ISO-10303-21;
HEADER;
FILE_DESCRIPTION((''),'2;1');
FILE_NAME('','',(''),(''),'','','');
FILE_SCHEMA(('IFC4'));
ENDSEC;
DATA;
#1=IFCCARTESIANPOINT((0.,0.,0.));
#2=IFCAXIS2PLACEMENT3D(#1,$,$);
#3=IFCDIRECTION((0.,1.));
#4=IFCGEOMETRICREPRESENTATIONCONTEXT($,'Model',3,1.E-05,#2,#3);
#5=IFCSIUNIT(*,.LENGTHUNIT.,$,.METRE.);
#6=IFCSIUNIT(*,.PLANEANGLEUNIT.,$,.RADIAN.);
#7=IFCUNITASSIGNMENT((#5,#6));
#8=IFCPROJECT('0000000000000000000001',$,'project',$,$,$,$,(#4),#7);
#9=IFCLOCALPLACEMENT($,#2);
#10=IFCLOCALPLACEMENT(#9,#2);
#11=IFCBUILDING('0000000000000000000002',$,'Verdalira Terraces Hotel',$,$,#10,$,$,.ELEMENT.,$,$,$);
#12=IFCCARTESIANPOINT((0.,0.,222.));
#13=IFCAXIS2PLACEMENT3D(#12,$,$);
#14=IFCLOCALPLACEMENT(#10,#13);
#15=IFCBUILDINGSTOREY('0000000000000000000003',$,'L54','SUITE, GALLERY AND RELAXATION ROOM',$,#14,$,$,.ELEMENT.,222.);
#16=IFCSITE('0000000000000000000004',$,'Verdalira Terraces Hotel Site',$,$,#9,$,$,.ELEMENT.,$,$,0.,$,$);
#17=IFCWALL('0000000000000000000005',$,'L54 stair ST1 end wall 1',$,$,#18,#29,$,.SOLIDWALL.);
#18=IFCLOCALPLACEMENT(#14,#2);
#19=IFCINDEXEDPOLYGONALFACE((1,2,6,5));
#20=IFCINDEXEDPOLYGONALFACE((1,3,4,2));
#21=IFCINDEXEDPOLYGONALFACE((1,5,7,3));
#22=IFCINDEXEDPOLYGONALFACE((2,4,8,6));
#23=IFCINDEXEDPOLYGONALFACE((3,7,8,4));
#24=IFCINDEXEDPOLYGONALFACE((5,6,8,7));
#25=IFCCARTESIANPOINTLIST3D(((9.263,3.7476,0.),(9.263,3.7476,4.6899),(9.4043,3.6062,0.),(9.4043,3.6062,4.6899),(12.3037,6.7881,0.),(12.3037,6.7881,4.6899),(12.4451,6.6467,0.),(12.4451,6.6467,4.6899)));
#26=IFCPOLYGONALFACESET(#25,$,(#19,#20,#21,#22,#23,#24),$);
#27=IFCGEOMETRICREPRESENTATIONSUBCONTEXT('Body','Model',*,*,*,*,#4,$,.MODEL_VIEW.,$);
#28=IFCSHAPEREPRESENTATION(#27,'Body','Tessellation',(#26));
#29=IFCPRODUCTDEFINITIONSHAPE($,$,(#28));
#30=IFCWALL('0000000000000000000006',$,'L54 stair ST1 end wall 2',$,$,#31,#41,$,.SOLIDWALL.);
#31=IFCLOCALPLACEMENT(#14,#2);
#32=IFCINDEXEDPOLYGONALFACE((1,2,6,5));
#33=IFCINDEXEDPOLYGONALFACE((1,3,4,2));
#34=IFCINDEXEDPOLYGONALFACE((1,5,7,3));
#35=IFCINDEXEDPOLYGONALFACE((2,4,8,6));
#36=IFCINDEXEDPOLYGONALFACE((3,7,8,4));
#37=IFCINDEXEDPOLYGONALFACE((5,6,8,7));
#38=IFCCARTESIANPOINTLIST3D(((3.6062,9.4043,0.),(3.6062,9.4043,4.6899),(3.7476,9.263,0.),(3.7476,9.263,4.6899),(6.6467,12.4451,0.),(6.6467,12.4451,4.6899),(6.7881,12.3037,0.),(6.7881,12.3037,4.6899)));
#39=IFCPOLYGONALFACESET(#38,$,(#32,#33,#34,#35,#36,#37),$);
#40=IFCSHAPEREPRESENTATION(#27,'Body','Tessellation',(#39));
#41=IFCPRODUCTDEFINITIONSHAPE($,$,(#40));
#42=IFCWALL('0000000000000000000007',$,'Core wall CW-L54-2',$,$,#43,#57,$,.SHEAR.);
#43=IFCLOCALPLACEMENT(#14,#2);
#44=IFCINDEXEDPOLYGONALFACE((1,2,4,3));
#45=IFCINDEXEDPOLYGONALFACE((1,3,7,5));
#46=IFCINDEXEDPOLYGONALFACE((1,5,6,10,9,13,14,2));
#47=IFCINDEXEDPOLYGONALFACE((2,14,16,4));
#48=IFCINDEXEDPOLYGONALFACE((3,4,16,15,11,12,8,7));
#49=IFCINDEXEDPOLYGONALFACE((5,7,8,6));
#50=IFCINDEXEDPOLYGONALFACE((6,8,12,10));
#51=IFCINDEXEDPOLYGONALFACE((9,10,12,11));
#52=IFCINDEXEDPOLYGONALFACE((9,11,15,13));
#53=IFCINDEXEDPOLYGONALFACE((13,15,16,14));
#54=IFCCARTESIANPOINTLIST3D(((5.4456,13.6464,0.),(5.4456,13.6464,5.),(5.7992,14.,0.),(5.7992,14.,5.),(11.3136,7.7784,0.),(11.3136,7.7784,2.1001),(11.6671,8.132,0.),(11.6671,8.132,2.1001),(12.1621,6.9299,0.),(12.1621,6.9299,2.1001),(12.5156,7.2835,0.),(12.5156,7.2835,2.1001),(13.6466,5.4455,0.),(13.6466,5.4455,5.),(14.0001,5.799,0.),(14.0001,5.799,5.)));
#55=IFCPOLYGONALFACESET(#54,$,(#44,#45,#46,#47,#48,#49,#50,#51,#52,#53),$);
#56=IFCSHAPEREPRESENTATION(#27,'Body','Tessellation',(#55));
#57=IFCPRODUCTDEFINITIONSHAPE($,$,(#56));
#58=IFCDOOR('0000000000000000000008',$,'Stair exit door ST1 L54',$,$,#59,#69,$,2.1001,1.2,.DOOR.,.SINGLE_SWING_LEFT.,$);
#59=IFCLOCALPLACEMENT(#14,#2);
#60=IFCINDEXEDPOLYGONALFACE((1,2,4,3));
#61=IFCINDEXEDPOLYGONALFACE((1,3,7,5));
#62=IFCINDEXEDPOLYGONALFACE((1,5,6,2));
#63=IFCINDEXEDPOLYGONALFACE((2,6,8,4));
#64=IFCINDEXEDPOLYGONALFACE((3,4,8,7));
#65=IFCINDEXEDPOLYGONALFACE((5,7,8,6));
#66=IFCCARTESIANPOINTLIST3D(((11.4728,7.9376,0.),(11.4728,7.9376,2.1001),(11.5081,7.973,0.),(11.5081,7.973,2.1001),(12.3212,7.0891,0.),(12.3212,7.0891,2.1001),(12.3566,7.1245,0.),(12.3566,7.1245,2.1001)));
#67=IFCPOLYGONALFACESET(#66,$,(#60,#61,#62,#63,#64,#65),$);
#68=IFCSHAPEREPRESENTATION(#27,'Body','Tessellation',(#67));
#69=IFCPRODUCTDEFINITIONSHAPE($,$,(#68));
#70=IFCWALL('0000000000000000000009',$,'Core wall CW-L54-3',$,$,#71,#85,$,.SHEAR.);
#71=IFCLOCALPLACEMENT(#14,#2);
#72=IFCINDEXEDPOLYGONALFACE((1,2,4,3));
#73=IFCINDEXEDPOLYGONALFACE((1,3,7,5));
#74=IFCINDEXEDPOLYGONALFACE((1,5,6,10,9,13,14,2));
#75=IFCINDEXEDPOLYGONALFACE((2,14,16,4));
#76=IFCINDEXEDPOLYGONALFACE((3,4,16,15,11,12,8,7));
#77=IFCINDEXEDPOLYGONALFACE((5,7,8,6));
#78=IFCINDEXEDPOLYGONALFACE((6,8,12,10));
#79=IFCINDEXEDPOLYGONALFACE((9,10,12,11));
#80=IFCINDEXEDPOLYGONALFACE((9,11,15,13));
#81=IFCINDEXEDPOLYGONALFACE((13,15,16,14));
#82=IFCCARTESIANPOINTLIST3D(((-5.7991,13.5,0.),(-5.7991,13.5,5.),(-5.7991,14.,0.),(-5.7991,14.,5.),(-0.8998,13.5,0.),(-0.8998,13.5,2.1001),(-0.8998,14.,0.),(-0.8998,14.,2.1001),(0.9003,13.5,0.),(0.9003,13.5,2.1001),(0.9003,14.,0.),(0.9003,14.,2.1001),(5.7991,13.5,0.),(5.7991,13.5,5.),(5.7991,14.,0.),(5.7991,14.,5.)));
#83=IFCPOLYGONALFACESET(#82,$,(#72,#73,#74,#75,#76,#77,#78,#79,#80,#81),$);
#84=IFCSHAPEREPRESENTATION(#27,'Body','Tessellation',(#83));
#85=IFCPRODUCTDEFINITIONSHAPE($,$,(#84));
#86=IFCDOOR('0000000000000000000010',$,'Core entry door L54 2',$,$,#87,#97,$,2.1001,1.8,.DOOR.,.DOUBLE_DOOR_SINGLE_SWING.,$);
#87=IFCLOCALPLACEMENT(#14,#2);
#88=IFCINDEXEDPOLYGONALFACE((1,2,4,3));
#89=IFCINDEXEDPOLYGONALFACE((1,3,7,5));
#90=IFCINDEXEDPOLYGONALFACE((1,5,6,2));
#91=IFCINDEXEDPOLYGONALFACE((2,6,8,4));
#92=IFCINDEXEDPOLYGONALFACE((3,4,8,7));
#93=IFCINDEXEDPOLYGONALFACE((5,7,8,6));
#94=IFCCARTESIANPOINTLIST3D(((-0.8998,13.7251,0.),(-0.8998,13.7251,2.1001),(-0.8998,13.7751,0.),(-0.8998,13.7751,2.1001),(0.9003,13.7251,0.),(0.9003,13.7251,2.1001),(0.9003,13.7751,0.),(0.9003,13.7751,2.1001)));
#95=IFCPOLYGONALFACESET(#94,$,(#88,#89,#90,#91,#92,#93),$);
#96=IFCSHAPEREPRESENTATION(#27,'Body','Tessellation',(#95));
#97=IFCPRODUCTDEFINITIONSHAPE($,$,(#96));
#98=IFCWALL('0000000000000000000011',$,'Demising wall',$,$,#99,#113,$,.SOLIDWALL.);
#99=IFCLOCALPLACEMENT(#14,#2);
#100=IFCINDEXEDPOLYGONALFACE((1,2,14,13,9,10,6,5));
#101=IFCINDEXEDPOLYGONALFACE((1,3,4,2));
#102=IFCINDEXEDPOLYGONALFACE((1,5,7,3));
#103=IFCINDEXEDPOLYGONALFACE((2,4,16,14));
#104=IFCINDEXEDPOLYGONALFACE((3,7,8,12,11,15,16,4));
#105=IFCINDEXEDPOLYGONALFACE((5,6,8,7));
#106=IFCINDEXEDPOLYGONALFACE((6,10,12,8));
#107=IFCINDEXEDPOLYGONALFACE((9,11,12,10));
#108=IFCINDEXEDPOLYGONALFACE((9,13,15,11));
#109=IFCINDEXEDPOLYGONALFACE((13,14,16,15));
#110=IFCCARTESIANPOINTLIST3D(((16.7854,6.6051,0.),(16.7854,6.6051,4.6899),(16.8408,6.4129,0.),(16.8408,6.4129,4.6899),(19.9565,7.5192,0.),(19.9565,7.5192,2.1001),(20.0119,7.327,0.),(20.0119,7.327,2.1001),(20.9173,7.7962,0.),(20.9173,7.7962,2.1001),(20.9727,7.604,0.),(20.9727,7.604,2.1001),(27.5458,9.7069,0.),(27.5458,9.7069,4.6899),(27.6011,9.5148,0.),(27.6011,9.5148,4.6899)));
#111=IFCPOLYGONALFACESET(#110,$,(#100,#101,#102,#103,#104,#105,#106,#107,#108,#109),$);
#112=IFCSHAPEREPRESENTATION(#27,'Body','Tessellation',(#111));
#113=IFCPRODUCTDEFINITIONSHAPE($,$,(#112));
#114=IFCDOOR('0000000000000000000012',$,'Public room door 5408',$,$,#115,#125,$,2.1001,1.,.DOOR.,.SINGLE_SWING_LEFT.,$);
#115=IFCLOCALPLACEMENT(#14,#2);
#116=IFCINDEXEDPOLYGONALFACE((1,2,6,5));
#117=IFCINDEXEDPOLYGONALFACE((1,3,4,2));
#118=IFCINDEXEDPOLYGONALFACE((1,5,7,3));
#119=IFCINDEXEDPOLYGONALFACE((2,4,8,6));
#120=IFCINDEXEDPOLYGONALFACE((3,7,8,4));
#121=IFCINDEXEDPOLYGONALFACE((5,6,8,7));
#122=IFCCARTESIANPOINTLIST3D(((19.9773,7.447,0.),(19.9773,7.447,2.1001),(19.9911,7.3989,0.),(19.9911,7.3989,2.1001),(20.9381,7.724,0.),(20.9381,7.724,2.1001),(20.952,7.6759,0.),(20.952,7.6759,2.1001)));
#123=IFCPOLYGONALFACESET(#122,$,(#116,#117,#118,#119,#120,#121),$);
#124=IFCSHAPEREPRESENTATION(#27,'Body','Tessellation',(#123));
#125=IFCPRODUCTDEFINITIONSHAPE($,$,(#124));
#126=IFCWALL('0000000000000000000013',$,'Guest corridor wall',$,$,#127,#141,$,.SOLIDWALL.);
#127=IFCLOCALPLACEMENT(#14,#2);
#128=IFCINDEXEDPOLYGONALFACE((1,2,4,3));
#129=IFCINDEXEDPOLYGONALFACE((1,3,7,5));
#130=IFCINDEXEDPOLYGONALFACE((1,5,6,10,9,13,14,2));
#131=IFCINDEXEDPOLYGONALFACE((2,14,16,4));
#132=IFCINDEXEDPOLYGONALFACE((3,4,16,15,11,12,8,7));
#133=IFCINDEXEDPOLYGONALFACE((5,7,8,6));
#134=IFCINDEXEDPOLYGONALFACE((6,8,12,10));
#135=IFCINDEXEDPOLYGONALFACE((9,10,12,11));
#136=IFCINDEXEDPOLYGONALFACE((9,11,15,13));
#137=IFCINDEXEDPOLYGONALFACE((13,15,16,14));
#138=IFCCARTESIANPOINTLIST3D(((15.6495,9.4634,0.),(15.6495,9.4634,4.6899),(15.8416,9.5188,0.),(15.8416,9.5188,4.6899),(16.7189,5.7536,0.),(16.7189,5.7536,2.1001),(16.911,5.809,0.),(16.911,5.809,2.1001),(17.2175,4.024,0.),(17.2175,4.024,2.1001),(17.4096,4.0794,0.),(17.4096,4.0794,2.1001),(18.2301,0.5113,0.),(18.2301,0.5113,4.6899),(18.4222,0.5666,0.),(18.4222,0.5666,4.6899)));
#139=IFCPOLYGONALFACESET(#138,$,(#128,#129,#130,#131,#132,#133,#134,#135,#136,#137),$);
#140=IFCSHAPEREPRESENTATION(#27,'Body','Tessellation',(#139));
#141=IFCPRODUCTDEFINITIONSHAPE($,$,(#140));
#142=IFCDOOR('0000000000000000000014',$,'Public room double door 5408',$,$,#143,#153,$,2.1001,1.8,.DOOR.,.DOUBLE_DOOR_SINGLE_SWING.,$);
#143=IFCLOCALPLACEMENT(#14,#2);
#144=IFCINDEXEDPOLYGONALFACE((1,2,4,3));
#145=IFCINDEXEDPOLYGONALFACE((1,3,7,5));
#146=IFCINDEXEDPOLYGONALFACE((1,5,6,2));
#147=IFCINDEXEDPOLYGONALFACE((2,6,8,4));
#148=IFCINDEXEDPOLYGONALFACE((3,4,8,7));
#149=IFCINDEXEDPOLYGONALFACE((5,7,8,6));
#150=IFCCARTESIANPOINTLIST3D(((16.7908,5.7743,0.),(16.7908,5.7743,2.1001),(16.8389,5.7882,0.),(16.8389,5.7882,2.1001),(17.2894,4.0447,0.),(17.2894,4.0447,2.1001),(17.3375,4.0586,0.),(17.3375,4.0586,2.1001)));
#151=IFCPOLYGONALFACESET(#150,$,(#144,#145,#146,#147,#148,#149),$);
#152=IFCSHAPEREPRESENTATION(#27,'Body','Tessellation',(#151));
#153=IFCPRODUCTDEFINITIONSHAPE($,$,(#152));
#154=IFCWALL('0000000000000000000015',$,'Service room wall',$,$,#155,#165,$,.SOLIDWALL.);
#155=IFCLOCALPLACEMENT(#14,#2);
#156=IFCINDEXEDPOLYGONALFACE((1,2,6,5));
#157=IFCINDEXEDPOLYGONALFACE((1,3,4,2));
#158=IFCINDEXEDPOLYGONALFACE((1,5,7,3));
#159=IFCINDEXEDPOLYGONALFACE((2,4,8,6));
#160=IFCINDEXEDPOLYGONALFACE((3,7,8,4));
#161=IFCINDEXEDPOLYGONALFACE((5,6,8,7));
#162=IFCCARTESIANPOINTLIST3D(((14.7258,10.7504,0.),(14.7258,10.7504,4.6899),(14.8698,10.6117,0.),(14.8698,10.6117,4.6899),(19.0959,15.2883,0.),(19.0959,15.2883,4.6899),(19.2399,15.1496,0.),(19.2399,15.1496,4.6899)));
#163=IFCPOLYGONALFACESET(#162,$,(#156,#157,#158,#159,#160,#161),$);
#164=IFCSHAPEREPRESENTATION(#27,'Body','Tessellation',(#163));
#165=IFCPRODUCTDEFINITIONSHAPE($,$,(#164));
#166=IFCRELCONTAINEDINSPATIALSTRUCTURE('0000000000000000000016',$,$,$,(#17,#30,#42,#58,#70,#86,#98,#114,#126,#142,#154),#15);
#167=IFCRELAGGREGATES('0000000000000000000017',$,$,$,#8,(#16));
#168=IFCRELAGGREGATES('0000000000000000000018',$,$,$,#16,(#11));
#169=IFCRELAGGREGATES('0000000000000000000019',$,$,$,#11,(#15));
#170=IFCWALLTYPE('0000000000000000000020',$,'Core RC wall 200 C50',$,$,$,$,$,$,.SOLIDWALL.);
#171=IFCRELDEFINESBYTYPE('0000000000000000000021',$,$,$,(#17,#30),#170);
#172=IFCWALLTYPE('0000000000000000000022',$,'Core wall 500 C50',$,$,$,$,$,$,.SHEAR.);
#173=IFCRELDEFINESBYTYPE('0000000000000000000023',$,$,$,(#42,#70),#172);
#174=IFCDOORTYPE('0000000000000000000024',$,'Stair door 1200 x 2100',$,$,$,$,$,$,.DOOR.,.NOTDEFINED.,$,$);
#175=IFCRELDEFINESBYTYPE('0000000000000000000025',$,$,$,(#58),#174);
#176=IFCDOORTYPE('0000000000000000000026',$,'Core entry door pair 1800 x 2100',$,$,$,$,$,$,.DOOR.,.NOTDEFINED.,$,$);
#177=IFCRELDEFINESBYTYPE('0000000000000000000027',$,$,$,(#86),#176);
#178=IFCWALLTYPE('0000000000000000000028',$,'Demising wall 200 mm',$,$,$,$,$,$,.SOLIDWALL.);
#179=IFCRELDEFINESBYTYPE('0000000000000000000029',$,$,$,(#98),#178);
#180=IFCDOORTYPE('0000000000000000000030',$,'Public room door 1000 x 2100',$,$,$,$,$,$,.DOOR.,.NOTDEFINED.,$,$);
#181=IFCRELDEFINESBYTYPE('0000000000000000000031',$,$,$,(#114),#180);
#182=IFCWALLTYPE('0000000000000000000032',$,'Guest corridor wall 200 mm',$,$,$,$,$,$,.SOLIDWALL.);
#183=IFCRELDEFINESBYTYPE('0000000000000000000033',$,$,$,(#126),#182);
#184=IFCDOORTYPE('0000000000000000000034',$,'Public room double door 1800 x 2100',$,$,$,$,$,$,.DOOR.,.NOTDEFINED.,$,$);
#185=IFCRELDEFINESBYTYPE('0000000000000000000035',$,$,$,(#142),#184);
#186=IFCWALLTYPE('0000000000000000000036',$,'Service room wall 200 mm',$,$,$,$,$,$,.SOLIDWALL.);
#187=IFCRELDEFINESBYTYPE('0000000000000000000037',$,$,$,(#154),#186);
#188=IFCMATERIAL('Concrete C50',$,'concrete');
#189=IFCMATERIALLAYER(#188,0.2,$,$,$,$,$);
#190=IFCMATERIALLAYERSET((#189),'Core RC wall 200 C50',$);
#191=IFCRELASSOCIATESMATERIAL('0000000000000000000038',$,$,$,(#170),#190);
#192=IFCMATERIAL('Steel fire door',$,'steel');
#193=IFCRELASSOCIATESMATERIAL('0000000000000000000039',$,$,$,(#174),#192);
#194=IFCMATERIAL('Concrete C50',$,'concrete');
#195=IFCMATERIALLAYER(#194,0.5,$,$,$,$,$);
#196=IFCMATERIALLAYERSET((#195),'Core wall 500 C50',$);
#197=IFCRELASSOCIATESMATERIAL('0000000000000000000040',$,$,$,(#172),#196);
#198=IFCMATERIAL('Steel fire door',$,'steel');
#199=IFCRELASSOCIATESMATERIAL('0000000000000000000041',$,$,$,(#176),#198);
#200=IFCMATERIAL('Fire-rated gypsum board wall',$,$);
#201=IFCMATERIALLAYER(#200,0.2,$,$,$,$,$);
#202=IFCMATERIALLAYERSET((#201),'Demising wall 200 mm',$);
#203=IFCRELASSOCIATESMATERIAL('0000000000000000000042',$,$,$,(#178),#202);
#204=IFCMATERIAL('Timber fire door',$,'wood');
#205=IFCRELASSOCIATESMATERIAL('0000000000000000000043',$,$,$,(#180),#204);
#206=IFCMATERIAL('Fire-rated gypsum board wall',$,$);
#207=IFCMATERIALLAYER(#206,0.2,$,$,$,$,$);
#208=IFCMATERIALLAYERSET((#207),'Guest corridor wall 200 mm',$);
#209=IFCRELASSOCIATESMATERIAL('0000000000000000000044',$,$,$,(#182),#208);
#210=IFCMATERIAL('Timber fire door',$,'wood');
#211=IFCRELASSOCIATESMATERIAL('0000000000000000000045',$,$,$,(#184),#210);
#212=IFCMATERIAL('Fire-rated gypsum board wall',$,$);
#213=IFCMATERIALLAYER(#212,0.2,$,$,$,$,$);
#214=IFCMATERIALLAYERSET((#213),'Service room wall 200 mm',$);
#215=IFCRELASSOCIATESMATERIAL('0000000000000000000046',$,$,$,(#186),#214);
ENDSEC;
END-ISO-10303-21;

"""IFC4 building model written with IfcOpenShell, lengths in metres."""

from ifc_helpers import new_model, si_unit, direction, frame, frame_2d, origin, place, context, subcontext, project, spatial, rectangle, extrude, material, layer, layer_set, type_object, element, fill, save


model = new_model("IFC4")

# Units and contexts
model_context = context("Model", 3, precision=1e-05, world=origin(), true_north=direction((0.0, 1.0)))
body_context = subcontext(model_context, "Body", "Model", "MODEL_VIEW")
ifc_project = project(units=[si_unit("LENGTHUNIT", "METRE"), si_unit("PLANEANGLEUNIT", "RADIAN")], contexts=[model_context])

# Site, building, storey
site_placement = place(None, origin())
site = spatial("IfcSite", under=ifc_project, at=site_placement, Name="Verdalira Terraces Hotel Site", CompositionType="ELEMENT", RefElevation=0.0)
building_placement = place(site_placement, origin())
building = spatial("IfcBuilding", under=site, at=building_placement, Name="Verdalira Terraces Hotel", CompositionType="ELEMENT")
storey_placement = place(building_placement, frame((0.0, 0.0, 222.0)))
storey = spatial("IfcBuildingStorey", under=building, at=storey_placement, Name="L54", Description="SUITE, GALLERY AND RELAXATION ROOM", CompositionType="ELEMENT", Elevation=222.0)

# Shared definitions
ifc_material_1 = material(Name="Concrete C50", Category="concrete")
ifc_layer_1 = layer(ifc_material_1, 0.2)
ifc_layer_set_1 = layer_set([ifc_layer_1], Name="Core RC wall 200 C50")
wall_type_1 = type_object("IfcWallType", Name="Core RC wall 200 C50", PredefinedType="SOLIDWALL", material=ifc_layer_set_1)
ifc_material_2 = material(Name="Steel fire door", Category="steel")
door_type_1 = type_object("IfcDoorType", Name="Stair door 1200 x 2100", OperationType="NOTDEFINED", PredefinedType="DOOR", material=ifc_material_2)

# Walls
for number, where, z_axis, x_axis, name in (
    (1, (9.3337, 3.677, 0.0), (0.0, 0.0, 1.0), (0.707135, 0.707078, 0.0), "L54 stair ST1 end wall 1"),
    (2, (3.677, 9.3337, 0.0), (0.0, 0.0, 1.0), (0.707078, 0.707135, 0.0), "L54 stair ST1 end wall 2"),
):
    element("IfcWall", number, at=place(storey_placement, frame(where, z_axis=z_axis, x_axis=x_axis)), inside=storey, type_object=wall_type_1, Name=name, PredefinedType="SOLIDWALL", context=body_context, shape_type="SweptSolid", body=[
        extrude(rectangle(XDim=4.3, YDim=0.2, at=frame_2d((2.1499, 0.0))), origin(), (0.0, 0.0, 1.0), 4.6899),
    ])

# Walls, openings, doors
ifc_material_3 = material(Name="Concrete C50", Category="concrete")
ifc_layer_2 = layer(ifc_material_3, 0.5)
ifc_layer_set_2 = layer_set([ifc_layer_2], Name="Core wall 500 C50")
wall_type_2 = type_object("IfcWallType", Name="Core wall 500 C50", PredefinedType="SHEAR", material=ifc_layer_set_2)
wall_1_placement = place(storey_placement, frame((13.8232, 5.6223, 0.0), z_axis=(0.0, 0.0, 1.0), x_axis=(-0.707107, 0.707107, 0.0)))
wall_1 = element("IfcWall", 3, at=wall_1_placement, inside=storey, type_object=wall_type_2, Name="Core wall CW-L54-2", PredefinedType="SHEAR", context=body_context, shape_type="SweptSolid", body=[
    extrude(rectangle(XDim=11.5979, YDim=0.5, at=frame_2d((5.7988, 0.0))), origin(), (0.0, 0.0, 1.0), 5.0),
])
opening_1_placement = place(wall_1_placement, frame((2.0991, 0.0, 0.0)))
opening_1 = element("IfcOpeningElement", 4, at=opening_1_placement, cuts=wall_1, PredefinedType="OPENING", context=body_context, shape_type="SweptSolid", body=[
    extrude(rectangle(XDim=1.2, YDim=2.1001, at=frame_2d((0.6001, 1.05))), frame((0.0, 0.26, 0.0), z_axis=(0.0, -1.0, 0.0), x_axis=(1.0, 0.0, 0.0)), (0.0, 0.0, 1.0), 0.52),
])
door_1_placement = place(opening_1_placement, origin())
door_1 = element("IfcDoor", 5, at=door_1_placement, inside=storey, type_object=door_type_1, Name="Stair exit door ST1 L54", OperationType="SINGLE_SWING_LEFT", OverallHeight=2.1001, OverallWidth=1.2, PredefinedType="DOOR", context=body_context, shape_type="SweptSolid", body=[
    extrude(rectangle(XDim=1.2, YDim=2.1001, at=frame_2d((0.6001, 1.05))), frame((0.0, 0.0249, 0.0), z_axis=(0.0, -1.0, 0.0), x_axis=(1.0, 0.0, 0.0)), (0.0, 0.0, 1.0), 0.05),
])
fill(opening_1, door_1)
wall_2_placement = place(storey_placement, frame((5.7991, 13.75, 0.0), z_axis=(0.0, 0.0, 1.0), x_axis=(-1.0, 0.0, 0.0)))
wall_2 = element("IfcWall", 6, at=wall_2_placement, inside=storey, type_object=wall_type_2, Name="Core wall CW-L54-3", PredefinedType="SHEAR", context=body_context, shape_type="SweptSolid", body=[
    extrude(rectangle(XDim=11.5981, YDim=0.5, at=frame_2d((5.7991, 0.0))), origin(), (0.0, 0.0, 1.0), 5.0),
])
opening_2_placement = place(wall_2_placement, frame((4.8989, 0.0, 0.0)))
opening_2 = element("IfcOpeningElement", 7, at=opening_2_placement, cuts=wall_2, PredefinedType="OPENING", context=body_context, shape_type="SweptSolid", body=[
    extrude(rectangle(XDim=1.8, YDim=2.1001, at=frame_2d((0.8999, 1.05))), frame((0.0, 0.26, 0.0), z_axis=(0.0, -1.0, 0.0), x_axis=(1.0, 0.0, 0.0)), (0.0, 0.0, 1.0), 0.52),
])
ifc_material_4 = material(Name="Steel fire door", Category="steel")
door_type_2 = type_object("IfcDoorType", Name="Core entry door pair 1800 x 2100", OperationType="NOTDEFINED", PredefinedType="DOOR", material=ifc_material_4)
door_2_placement = place(opening_2_placement, origin())
door_2 = element("IfcDoor", 8, at=door_2_placement, inside=storey, type_object=door_type_2, Name="Core entry door L54 2", OperationType="DOUBLE_DOOR_SINGLE_SWING", OverallHeight=2.1001, OverallWidth=1.8, PredefinedType="DOOR", context=body_context, shape_type="SweptSolid", body=[
    extrude(rectangle(XDim=1.8, YDim=2.1001, at=frame_2d((0.8999, 1.05))), frame((0.0, 0.0249, 0.0), z_axis=(0.0, -1.0, 0.0), x_axis=(1.0, 0.0, 0.0)), (0.0, 0.0, 1.0), 0.05),
])
fill(opening_2, door_2)
ifc_material_5 = material(Name="Fire-rated gypsum board wall")
ifc_layer_3 = layer(ifc_material_5, 0.2)
ifc_layer_set_3 = layer_set([ifc_layer_3], Name="Demising wall 200 mm")
wall_type_3 = type_object("IfcWallType", Name="Demising wall 200 mm", PredefinedType="SOLIDWALL", material=ifc_layer_set_3)
wall_3_placement = place(storey_placement, frame((16.8132, 6.509, 0.0), z_axis=(0.0, 0.0, 1.0), x_axis=(0.960874, 0.276986, 0.0)))
wall_3 = element("IfcWall", 9, at=wall_3_placement, inside=storey, type_object=wall_type_3, Name="Demising wall", PredefinedType="SOLIDWALL", context=body_context, shape_type="SweptSolid", body=[
    extrude(rectangle(XDim=11.1985, YDim=0.2, at=frame_2d((5.5991, 0.0))), origin(), (0.0, 0.0, 1.0), 4.6899),
])
opening_3_placement = place(wall_3_placement, frame((3.3, 0.0, 0.0)))
opening_3 = element("IfcOpeningElement", 10, at=opening_3_placement, cuts=wall_3, PredefinedType="OPENING", context=body_context, shape_type="SweptSolid", body=[
    extrude(rectangle(XDim=1.0, YDim=2.1001, at=frame_2d((0.5, 1.05))), frame((0.0, 0.1099, 0.0), z_axis=(0.0, -1.0, 0.0), x_axis=(1.0, 0.0, 0.0)), (0.0, 0.0, 1.0), 0.22),
])
ifc_material_6 = material(Name="Timber fire door", Category="wood")
door_type_3 = type_object("IfcDoorType", Name="Public room door 1000 x 2100", OperationType="NOTDEFINED", PredefinedType="DOOR", material=ifc_material_6)
door_3_placement = place(opening_3_placement, origin())
door_3 = element("IfcDoor", 11, at=door_3_placement, inside=storey, type_object=door_type_3, Name="Public room door 5408", OperationType="SINGLE_SWING_LEFT", OverallHeight=2.1001, OverallWidth=1.0, PredefinedType="DOOR", context=body_context, shape_type="SweptSolid", body=[
    extrude(rectangle(XDim=1.0, YDim=2.1001, at=frame_2d((0.5, 1.05))), frame((0.0, 0.0249, 0.0), z_axis=(0.0, -1.0, 0.0), x_axis=(1.0, 0.0, 0.0)), (0.0, 0.0, 1.0), 0.05),
])
fill(opening_3, door_3)
ifc_material_7 = material(Name="Fire-rated gypsum board wall")
ifc_layer_4 = layer(ifc_material_7, 0.2)
ifc_layer_set_4 = layer_set([ifc_layer_4], Name="Guest corridor wall 200 mm")
wall_type_4 = type_object("IfcWallType", Name="Guest corridor wall 200 mm", PredefinedType="SOLIDWALL", material=ifc_layer_set_4)
wall_4_placement = place(storey_placement, frame((15.7456, 9.491, 0.0), z_axis=(0.0, 0.0, 1.0), x_axis=(0.276984, -0.960875, 0.0)))
wall_4 = element("IfcWall", 12, at=wall_4_placement, inside=storey, type_object=wall_type_4, Name="Guest corridor wall", PredefinedType="SOLIDWALL", context=body_context, shape_type="SweptSolid", body=[
    extrude(rectangle(XDim=9.3166, YDim=0.2, at=frame_2d((4.6582, 0.0))), origin(), (0.0, 0.0, 1.0), 4.6899),
])
opening_4_placement = place(wall_4_placement, frame((3.8608, 0.0, 0.0)))
opening_4 = element("IfcOpeningElement", 13, at=opening_4_placement, cuts=wall_4, PredefinedType="OPENING", context=body_context, shape_type="SweptSolid", body=[
    extrude(rectangle(XDim=1.8, YDim=2.1001, at=frame_2d((0.8999, 1.05))), frame((0.0, 0.1099, 0.0), z_axis=(0.0, -1.0, 0.0), x_axis=(1.0, 0.0, 0.0)), (0.0, 0.0, 1.0), 0.22),
])
ifc_material_8 = material(Name="Timber fire door", Category="wood")
door_type_4 = type_object("IfcDoorType", Name="Public room double door 1800 x 2100", OperationType="NOTDEFINED", PredefinedType="DOOR", material=ifc_material_8)
door_4_placement = place(opening_4_placement, origin())
door_4 = element("IfcDoor", 14, at=door_4_placement, inside=storey, type_object=door_type_4, Name="Public room double door 5408", OperationType="DOUBLE_DOOR_SINGLE_SWING", OverallHeight=2.1001, OverallWidth=1.8, PredefinedType="DOOR", context=body_context, shape_type="SweptSolid", body=[
    extrude(rectangle(XDim=1.8, YDim=2.1001, at=frame_2d((0.8999, 1.05))), frame((0.0, 0.0249, 0.0), z_axis=(0.0, -1.0, 0.0), x_axis=(1.0, 0.0, 0.0)), (0.0, 0.0, 1.0), 0.05),
])
fill(opening_4, door_4)

# Wall
ifc_material_9 = material(Name="Fire-rated gypsum board wall")
ifc_layer_5 = layer(ifc_material_9, 0.2)
ifc_layer_set_5 = layer_set([ifc_layer_5], Name="Service room wall 200 mm")
wall_type_5 = type_object("IfcWallType", Name="Service room wall 200 mm", PredefinedType="SOLIDWALL", material=ifc_layer_set_5)
wall_5_placement = place(storey_placement, frame((14.7979, 10.6812, 0.0), z_axis=(0.0, 0.0, 1.0), x_axis=(0.69367, 0.720293, 0.0)))
element("IfcWall", 15, at=wall_5_placement, inside=storey, type_object=wall_type_5, Name="Service room wall", PredefinedType="SOLIDWALL", context=body_context, shape_type="SweptSolid", body=[
    extrude(rectangle(XDim=6.3, YDim=0.2, at=frame_2d((3.1499, 0.0))), origin(), (0.0, 0.0, 1.0), 4.6899),
])

save(model, "model.ifc")
